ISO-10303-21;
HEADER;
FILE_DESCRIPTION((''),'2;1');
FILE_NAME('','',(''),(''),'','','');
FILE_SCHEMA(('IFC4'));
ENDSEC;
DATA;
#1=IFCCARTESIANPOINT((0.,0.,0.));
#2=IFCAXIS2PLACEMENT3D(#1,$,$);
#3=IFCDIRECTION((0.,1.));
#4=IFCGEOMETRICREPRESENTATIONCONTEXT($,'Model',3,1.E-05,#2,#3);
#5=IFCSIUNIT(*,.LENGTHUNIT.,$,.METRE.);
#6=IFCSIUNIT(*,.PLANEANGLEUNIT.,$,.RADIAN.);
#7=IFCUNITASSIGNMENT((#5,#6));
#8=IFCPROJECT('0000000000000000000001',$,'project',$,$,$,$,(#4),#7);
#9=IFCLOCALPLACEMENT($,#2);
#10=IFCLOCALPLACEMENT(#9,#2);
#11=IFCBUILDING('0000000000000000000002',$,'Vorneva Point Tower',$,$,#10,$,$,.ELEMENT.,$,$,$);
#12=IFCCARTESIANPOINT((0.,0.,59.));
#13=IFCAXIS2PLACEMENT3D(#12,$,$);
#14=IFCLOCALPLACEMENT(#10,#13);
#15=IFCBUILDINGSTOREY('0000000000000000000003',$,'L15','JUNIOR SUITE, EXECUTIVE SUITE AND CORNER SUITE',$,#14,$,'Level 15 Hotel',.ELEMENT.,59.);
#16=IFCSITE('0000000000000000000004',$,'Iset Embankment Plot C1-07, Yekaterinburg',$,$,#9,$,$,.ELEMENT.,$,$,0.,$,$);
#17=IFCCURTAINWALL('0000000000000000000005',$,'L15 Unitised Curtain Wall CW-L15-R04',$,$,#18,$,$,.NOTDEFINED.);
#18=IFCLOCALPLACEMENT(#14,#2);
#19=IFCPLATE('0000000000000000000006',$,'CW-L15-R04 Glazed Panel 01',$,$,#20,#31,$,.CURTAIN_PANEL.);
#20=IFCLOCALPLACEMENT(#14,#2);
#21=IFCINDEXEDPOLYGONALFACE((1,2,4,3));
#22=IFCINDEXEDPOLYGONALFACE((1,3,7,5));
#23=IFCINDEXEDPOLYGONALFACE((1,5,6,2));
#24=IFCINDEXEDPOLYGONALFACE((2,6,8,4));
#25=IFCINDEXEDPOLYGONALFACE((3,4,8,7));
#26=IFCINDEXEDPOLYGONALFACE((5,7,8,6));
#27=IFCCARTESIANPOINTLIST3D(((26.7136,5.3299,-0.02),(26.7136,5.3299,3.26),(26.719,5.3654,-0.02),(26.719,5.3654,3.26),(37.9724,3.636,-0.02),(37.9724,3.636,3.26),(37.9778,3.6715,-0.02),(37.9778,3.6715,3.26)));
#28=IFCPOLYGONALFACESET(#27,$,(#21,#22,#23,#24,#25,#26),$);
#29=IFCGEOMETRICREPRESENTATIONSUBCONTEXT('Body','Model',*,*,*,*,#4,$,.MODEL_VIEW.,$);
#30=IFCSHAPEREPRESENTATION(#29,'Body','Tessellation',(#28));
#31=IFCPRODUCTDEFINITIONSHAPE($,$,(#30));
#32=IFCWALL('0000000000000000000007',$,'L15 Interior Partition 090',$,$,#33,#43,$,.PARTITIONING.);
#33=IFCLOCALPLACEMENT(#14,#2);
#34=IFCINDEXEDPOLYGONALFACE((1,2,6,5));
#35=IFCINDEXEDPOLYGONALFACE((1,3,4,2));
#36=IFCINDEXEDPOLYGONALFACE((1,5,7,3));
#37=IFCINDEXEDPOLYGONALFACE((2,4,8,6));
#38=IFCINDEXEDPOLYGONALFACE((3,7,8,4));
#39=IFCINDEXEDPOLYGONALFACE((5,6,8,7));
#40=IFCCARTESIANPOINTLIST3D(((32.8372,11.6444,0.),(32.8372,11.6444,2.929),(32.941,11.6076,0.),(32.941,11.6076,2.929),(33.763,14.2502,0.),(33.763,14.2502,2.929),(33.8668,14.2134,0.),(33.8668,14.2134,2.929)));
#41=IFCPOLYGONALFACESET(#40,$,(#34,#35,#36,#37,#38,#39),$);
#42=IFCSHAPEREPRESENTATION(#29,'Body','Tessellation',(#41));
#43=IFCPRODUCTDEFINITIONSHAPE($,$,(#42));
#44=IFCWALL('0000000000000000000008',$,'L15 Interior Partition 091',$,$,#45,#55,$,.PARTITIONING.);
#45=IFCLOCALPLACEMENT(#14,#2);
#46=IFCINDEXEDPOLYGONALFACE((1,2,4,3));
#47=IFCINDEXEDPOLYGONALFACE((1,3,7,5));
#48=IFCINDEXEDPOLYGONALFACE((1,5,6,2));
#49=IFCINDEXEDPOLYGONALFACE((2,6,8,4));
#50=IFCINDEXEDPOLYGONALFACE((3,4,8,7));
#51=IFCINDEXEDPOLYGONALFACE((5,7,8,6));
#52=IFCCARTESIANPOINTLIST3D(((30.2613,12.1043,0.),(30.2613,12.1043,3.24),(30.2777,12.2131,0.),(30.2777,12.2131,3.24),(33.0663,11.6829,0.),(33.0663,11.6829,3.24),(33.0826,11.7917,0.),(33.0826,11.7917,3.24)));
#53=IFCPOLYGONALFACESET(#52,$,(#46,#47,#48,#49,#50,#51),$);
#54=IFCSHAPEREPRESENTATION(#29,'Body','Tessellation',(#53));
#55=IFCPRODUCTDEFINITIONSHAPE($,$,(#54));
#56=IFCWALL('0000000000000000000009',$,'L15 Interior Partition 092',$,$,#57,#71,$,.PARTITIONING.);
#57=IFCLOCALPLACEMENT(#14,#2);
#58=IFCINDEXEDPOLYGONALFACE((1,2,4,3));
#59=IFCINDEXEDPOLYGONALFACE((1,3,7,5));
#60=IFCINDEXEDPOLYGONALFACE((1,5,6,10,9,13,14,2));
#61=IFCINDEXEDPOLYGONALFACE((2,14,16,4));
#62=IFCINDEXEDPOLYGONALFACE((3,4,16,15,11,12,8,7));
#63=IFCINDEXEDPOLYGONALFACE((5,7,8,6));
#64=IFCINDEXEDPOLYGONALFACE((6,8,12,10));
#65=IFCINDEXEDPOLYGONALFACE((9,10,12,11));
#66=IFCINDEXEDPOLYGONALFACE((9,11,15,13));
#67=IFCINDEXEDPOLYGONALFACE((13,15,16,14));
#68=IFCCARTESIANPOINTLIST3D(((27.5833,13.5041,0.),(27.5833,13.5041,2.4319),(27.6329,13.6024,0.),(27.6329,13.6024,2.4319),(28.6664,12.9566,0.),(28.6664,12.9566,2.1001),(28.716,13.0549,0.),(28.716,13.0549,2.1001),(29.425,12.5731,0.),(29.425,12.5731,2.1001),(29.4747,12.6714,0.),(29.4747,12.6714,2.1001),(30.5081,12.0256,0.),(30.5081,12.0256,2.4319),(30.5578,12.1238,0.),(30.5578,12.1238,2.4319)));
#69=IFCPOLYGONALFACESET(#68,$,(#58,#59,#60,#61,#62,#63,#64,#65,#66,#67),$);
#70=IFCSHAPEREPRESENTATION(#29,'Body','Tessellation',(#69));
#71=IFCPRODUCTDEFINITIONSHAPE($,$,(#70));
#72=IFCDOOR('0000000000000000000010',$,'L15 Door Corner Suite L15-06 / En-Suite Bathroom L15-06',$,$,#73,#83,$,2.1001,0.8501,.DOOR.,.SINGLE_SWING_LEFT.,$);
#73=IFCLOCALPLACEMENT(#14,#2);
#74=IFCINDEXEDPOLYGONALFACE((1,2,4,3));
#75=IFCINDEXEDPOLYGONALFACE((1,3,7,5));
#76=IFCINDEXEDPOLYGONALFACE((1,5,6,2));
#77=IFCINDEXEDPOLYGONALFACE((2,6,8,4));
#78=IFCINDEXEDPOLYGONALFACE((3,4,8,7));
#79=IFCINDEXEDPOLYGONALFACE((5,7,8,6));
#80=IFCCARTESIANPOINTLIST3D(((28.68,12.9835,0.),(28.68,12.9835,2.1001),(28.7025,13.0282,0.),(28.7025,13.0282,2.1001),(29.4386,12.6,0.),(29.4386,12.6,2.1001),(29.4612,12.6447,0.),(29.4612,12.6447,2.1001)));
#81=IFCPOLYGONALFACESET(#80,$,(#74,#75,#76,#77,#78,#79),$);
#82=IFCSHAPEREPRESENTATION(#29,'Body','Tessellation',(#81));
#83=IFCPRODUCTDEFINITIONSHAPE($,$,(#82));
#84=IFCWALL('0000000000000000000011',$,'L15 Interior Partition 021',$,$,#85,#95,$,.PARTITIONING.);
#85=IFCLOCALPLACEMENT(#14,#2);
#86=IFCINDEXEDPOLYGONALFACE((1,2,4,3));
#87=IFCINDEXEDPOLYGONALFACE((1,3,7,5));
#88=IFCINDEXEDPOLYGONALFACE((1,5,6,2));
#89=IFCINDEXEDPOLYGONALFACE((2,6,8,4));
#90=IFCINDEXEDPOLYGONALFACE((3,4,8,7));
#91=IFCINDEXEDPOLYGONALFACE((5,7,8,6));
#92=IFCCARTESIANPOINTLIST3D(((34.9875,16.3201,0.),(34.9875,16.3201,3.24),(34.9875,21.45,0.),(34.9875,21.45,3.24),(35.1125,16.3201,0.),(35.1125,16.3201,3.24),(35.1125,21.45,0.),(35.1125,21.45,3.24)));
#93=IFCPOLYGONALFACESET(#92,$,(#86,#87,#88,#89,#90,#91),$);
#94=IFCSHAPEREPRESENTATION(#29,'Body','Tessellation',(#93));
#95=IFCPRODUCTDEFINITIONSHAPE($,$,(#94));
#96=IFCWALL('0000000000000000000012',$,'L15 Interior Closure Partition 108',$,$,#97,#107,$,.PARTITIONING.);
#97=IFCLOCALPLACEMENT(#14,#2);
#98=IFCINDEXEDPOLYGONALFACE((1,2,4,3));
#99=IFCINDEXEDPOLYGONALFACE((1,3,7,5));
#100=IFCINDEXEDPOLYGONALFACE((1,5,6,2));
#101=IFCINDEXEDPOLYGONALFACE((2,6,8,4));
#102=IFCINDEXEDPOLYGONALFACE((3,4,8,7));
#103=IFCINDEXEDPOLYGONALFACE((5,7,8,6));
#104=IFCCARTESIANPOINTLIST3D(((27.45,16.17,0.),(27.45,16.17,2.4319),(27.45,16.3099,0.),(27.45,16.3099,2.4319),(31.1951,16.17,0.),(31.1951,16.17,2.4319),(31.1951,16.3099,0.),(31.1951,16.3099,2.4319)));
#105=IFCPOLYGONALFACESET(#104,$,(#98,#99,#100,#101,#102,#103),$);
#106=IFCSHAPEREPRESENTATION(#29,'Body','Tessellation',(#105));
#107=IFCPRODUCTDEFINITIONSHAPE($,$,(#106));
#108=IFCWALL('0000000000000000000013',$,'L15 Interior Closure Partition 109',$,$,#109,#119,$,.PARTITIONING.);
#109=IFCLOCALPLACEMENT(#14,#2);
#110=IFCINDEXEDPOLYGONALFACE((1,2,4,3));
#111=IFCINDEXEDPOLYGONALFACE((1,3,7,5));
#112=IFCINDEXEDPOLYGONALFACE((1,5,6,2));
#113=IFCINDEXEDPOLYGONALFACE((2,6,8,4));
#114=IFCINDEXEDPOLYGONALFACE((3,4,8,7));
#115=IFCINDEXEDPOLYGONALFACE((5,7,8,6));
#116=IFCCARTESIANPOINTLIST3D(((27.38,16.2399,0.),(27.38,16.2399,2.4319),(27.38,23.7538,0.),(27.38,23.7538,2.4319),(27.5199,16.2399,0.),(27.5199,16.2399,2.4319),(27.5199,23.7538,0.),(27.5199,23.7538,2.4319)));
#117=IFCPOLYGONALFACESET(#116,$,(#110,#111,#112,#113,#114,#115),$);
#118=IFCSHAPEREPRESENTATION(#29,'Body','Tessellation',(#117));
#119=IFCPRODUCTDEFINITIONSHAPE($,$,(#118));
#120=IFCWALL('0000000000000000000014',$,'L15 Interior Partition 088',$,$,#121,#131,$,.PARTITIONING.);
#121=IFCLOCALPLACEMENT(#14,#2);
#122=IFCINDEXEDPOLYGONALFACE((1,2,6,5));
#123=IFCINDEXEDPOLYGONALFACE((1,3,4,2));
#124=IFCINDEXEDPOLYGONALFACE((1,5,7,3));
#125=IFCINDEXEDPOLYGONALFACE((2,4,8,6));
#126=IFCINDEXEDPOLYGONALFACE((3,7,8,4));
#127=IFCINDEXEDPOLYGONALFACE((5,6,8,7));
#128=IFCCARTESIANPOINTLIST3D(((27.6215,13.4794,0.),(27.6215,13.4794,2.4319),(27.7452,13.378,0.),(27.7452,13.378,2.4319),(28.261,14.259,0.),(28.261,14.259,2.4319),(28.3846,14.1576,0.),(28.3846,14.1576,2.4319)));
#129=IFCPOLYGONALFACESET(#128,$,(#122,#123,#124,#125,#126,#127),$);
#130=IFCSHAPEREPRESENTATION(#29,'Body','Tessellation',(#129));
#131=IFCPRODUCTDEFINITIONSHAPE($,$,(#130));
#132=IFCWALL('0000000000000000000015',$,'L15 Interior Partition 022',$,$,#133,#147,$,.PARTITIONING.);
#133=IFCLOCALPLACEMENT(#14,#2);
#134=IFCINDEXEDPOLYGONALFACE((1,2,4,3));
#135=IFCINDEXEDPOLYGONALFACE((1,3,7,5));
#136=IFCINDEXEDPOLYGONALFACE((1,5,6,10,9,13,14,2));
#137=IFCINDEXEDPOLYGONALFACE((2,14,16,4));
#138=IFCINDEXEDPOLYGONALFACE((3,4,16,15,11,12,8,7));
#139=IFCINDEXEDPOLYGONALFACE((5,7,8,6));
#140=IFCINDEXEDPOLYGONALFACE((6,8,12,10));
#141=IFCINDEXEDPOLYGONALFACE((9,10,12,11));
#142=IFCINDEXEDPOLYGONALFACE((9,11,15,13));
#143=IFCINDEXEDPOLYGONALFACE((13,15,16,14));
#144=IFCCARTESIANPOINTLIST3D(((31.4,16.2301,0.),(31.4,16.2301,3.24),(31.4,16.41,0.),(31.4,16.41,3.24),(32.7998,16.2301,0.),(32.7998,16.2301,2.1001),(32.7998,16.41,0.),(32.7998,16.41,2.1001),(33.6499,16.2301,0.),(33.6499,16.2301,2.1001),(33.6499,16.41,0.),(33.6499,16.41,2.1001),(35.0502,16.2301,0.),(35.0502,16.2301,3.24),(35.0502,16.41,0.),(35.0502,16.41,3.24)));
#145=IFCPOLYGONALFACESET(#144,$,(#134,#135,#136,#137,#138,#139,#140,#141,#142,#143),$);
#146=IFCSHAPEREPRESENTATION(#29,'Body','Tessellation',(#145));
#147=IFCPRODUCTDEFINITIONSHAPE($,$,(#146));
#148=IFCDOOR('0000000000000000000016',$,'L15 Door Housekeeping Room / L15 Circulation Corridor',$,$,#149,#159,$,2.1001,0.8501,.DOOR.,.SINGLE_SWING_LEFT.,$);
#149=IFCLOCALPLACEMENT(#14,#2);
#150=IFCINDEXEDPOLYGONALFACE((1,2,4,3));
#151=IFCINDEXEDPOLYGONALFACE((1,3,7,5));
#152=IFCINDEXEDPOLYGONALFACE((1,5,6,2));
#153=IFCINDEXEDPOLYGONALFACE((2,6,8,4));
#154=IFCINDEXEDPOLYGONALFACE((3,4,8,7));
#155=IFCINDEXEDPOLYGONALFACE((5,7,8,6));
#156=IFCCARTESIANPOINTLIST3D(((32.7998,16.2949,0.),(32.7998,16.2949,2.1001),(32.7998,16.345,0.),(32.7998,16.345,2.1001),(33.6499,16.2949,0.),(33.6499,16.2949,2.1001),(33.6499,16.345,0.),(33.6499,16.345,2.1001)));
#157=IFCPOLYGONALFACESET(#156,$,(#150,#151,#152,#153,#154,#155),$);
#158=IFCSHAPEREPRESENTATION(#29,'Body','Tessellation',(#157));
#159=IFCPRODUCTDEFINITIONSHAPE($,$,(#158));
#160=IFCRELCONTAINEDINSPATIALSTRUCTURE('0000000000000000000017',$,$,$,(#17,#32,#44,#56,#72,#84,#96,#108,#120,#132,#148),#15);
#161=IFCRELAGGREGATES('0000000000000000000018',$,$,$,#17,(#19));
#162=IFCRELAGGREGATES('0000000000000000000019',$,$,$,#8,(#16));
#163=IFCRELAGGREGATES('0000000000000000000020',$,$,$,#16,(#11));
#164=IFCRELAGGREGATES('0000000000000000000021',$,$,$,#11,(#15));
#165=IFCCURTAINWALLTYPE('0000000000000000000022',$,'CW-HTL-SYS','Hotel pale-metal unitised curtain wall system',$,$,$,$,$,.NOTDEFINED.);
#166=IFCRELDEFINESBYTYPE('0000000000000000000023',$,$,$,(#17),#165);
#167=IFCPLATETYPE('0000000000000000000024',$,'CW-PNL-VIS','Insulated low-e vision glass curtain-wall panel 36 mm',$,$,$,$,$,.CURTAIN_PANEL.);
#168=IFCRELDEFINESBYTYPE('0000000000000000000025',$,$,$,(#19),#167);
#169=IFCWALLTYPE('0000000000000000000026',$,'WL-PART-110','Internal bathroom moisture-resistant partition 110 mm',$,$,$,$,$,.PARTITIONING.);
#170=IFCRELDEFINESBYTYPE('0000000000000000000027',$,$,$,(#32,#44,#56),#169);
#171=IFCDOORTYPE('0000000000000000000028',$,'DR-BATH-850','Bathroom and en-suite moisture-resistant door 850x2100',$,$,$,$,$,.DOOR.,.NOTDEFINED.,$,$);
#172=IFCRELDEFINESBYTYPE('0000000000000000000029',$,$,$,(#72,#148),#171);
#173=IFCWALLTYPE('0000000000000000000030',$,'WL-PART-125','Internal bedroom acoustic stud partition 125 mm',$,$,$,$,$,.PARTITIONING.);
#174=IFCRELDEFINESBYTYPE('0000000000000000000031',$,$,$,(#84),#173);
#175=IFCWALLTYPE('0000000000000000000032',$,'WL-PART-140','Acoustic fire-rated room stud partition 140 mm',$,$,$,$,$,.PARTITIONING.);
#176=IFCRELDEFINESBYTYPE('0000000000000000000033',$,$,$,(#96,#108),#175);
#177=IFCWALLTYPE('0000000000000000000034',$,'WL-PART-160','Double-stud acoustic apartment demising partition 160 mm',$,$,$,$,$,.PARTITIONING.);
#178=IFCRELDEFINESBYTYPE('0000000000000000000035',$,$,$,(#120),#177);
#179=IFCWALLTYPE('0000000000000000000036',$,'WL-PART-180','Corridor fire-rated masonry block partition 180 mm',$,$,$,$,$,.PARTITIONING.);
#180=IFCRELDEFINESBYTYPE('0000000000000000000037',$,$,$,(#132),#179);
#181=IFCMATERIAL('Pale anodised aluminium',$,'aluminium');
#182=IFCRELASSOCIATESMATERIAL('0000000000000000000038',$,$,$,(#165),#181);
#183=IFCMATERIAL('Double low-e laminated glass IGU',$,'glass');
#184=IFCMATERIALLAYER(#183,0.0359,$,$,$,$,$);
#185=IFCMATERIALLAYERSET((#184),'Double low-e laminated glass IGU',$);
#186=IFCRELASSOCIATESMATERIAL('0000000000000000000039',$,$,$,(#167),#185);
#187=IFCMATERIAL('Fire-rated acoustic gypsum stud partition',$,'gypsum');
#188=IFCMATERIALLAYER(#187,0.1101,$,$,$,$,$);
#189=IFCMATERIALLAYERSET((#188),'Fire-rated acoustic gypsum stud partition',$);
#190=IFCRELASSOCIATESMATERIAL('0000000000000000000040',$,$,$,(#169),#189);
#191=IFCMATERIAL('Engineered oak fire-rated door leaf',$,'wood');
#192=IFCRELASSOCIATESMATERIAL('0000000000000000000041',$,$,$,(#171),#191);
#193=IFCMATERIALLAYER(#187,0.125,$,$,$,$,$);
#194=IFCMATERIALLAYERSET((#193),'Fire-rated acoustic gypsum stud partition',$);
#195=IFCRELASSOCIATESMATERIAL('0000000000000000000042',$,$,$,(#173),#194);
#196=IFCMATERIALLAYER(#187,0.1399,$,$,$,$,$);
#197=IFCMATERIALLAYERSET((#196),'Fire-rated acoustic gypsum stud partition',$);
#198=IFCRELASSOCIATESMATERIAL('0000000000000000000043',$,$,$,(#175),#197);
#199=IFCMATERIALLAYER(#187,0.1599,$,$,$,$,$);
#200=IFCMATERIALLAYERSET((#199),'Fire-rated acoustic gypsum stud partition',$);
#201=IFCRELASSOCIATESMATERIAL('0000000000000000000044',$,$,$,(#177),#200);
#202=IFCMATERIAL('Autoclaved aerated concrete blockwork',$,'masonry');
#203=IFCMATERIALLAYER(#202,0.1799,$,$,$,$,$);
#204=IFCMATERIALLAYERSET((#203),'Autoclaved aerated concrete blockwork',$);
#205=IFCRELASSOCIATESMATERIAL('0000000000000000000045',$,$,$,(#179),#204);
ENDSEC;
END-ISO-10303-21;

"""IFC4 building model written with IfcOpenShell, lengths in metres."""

from ifc_helpers import new_model, si_unit, direction, frame, frame_2d, origin, origin_2d, place, context, subcontext, project, spatial, rectangle, extrude, material, layer, layer_set, type_object, element, fill, aggregate, save


model = new_model("IFC4")

# Units and contexts
model_context = context("Model", 3, precision=1e-05, world=origin(), true_north=direction((0.0, 1.0)))
body_context = subcontext(model_context, "Body", "Model", "MODEL_VIEW")
ifc_project = project(units=[si_unit("LENGTHUNIT", "METRE"), si_unit("PLANEANGLEUNIT", "RADIAN")], contexts=[model_context])

# Site, building, storey
site_placement = place(None, origin())
site = spatial("IfcSite", under=ifc_project, at=site_placement, Name="Iset Embankment Plot C1-07, Yekaterinburg", CompositionType="ELEMENT", RefElevation=0.0)
building_placement = place(site_placement, origin())
building = spatial("IfcBuilding", under=site, at=building_placement, Name="Vorneva Point Tower", CompositionType="ELEMENT")
storey_placement = place(building_placement, frame((0.0, 0.0, 59.0)))
storey = spatial("IfcBuildingStorey", under=building, at=storey_placement, Name="L15", Description="JUNIOR SUITE, EXECUTIVE SUITE AND CORNER SUITE", LongName="Level 15 Hotel", CompositionType="ELEMENT", Elevation=59.0)

# Curtain wall, plate
ifc_material_1 = material(Name="Pale anodised aluminium", Category="aluminium")
curtain_wall_type = type_object("IfcCurtainWallType", Name="CW-HTL-SYS", Description="Hotel pale-metal unitised curtain wall system", PredefinedType="NOTDEFINED", material=ifc_material_1)
curtain_wall_placement = place(storey_placement, origin())
curtain_wall = element("IfcCurtainWall", 1, at=curtain_wall_placement, inside=storey, type_object=curtain_wall_type, Name="L15 Unitised Curtain Wall CW-L15-R04", PredefinedType="NOTDEFINED")
ifc_material_2 = material(Name="Double low-e laminated glass IGU", Category="glass")
ifc_layer_1 = layer(ifc_material_2, 0.0359)
ifc_layer_set_1 = layer_set([ifc_layer_1], Name="Double low-e laminated glass IGU")
plate_type = type_object("IfcPlateType", Name="CW-PNL-VIS", Description="Insulated low-e vision glass curtain-wall panel 36 mm", PredefinedType="CURTAIN_PANEL", material=ifc_layer_set_1)
plate_placement = place(storey_placement, frame((32.3457, 4.5007, -0.02), z_axis=(0.0, 0.0, 1.0), x_axis=(0.988871, -0.148776, 0.0)))
plate = element("IfcPlate", 2, at=plate_placement, type_object=plate_type, Name="CW-L15-R04 Glazed Panel 01", PredefinedType="CURTAIN_PANEL", context=body_context, shape_type="SweptSolid", body=[
    extrude(rectangle(XDim=11.3855, YDim=0.0359, at=origin_2d()), origin(), (0.0, 0.0, 1.0), 3.28),
])
aggregate(curtain_wall, [plate])

# Walls
ifc_material_3 = material(Name="Fire-rated acoustic gypsum stud partition", Category="gypsum")
ifc_layer_2 = layer(ifc_material_3, 0.1101)
ifc_layer_set_2 = layer_set([ifc_layer_2], Name="Fire-rated acoustic gypsum stud partition")
wall_type_1 = type_object("IfcWallType", Name="WL-PART-110", Description="Internal bathroom moisture-resistant partition 110 mm", PredefinedType="PARTITIONING", material=ifc_layer_set_2)
wall_1_placement = place(storey_placement, frame((33.8149, 14.2319, 0.0), z_axis=(0.0, 0.0, 1.0), x_axis=(-0.334787, -0.942294, 0.0)))
element("IfcWall", 3, at=wall_1_placement, inside=storey, type_object=wall_type_1, Name="L15 Interior Partition 090", PredefinedType="PARTITIONING", context=body_context, shape_type="SweptSolid", body=[
    extrude(rectangle(XDim=2.7654, YDim=0.1101, at=frame_2d((1.3828, 0.0))), origin(), (0.0, 0.0, 1.0), 2.929),
])
wall_2_placement = place(storey_placement, frame((33.0745, 11.7373, 0.0), z_axis=(0.0, 0.0, 1.0), x_axis=(-0.988903, 0.148564, 0.0)))
element("IfcWall", 4, at=wall_2_placement, inside=storey, type_object=wall_type_1, Name="L15 Interior Partition 091", PredefinedType="PARTITIONING", context=body_context, shape_type="SweptSolid", body=[
    extrude(rectangle(XDim=2.8364, YDim=0.1101, at=frame_2d((1.4182, 0.0))), origin(), (0.0, 0.0, 1.0), 3.24),
])

# Wall, opening, door
wall_3_placement = place(storey_placement, frame((30.533, 12.0747, 0.0), z_axis=(0.0, 0.0, 1.0), x_axis=(-0.892452, 0.451143, 0.0)))
wall_3 = element("IfcWall", 5, at=wall_3_placement, inside=storey, type_object=wall_type_1, Name="L15 Interior Partition 092", PredefinedType="PARTITIONING", context=body_context, shape_type="SweptSolid", body=[
    extrude(rectangle(XDim=3.2773, YDim=0.1101, at=frame_2d((1.6387, 0.0))), origin(), (0.0, 0.0, 1.0), 2.4319),
])
opening_1_placement = place(wall_3_placement, frame((1.2136, 0.0, 0.0)))
opening_1 = element("IfcOpeningElement", 6, at=opening_1_placement, cuts=wall_3, PredefinedType="OPENING", context=body_context, shape_type="SweptSolid", body=[
    extrude(rectangle(XDim=0.8501, YDim=2.1001, at=frame_2d((0.425, 1.05))), frame((0.0, 0.0698, 0.0), z_axis=(0.0, -1.0, 0.0), x_axis=(1.0, 0.0, 0.0)), (0.0, 0.0, 1.0), 0.1399),
])
ifc_material_4 = material(Name="Engineered oak fire-rated door leaf", Category="wood")
door_type_1 = type_object("IfcDoorType", Name="DR-BATH-850", Description="Bathroom and en-suite moisture-resistant door 850x2100", OperationType="NOTDEFINED", PredefinedType="DOOR", material=ifc_material_4)
door_1_placement = place(opening_1_placement, origin())
door_1 = element("IfcDoor", 7, at=door_1_placement, inside=storey, type_object=door_type_1, Name="L15 Door Corner Suite L15-06 / En-Suite Bathroom L15-06", OperationType="SINGLE_SWING_LEFT", OverallHeight=2.1001, OverallWidth=0.8501, PredefinedType="DOOR", context=body_context, shape_type="SweptSolid", body=[
    extrude(rectangle(XDim=0.8501, YDim=2.1001, at=frame_2d((0.425, 1.05))), frame((0.0, 0.0249, 0.0), z_axis=(0.0, -1.0, 0.0), x_axis=(1.0, 0.0, 0.0)), (0.0, 0.0, 1.0), 0.05),
])
fill(opening_1, door_1)

# Walls
ifc_layer_3 = layer(ifc_material_3, 0.125)
ifc_layer_set_3 = layer_set([ifc_layer_3], Name="Fire-rated acoustic gypsum stud partition")
wall_type_2 = type_object("IfcWallType", Name="WL-PART-125", Description="Internal bedroom acoustic stud partition 125 mm", PredefinedType="PARTITIONING", material=ifc_layer_set_3)
wall_4_placement = place(storey_placement, frame((35.05, 16.3201, 0.0), z_axis=(0.0, 0.0, 1.0), x_axis=(0.0, 1.0, 0.0)))
element("IfcWall", 8, at=wall_4_placement, inside=storey, type_object=wall_type_2, Name="L15 Interior Partition 021", PredefinedType="PARTITIONING", context=body_context, shape_type="SweptSolid", body=[
    extrude(rectangle(XDim=5.1299, YDim=0.125, at=frame_2d((2.5649, 0.0))), origin(), (0.0, 0.0, 1.0), 3.24),
])
ifc_layer_4 = layer(ifc_material_3, 0.1399)
ifc_layer_set_4 = layer_set([ifc_layer_4], Name="Fire-rated acoustic gypsum stud partition")
wall_type_3 = type_object("IfcWallType", Name="WL-PART-140", Description="Acoustic fire-rated room stud partition 140 mm", PredefinedType="PARTITIONING", material=ifc_layer_set_4)
wall_5_placement = place(storey_placement, frame((31.1951, 16.24, 0.0), z_axis=(0.0, 0.0, 1.0), x_axis=(-1.0, 0.0, 0.0)))
element("IfcWall", 9, at=wall_5_placement, inside=storey, type_object=wall_type_3, Name="L15 Interior Closure Partition 108", PredefinedType="PARTITIONING", context=body_context, shape_type="SweptSolid", body=[
    extrude(rectangle(XDim=3.7451, YDim=0.1399, at=frame_2d((1.8726, 0.0))), origin(), (0.0, 0.0, 1.0), 2.4319),
])
wall_6_placement = place(storey_placement, frame((27.45, 16.24, 0.0), z_axis=(0.0, 0.0, 1.0), x_axis=(0.0, 1.0, 0.0)))
element("IfcWall", 10, at=wall_6_placement, inside=storey, type_object=wall_type_3, Name="L15 Interior Closure Partition 109", PredefinedType="PARTITIONING", context=body_context, shape_type="SweptSolid", body=[
    extrude(rectangle(XDim=7.5139, YDim=0.1399, at=frame_2d((3.7568, 0.0))), origin(), (0.0, 0.0, 1.0), 2.4319),
])
ifc_layer_5 = layer(ifc_material_3, 0.1599)
ifc_layer_set_5 = layer_set([ifc_layer_5], Name="Fire-rated acoustic gypsum stud partition")
wall_type_4 = type_object("IfcWallType", Name="WL-PART-160", Description="Double-stud acoustic apartment demising partition 160 mm", PredefinedType="PARTITIONING", material=ifc_layer_set_5)
wall_7_placement = place(storey_placement, frame((27.6833, 13.4287, 0.0), z_axis=(0.0, 0.0, 1.0), x_axis=(0.634187, 0.77318, 0.0)))
element("IfcWall", 11, at=wall_7_placement, inside=storey, type_object=wall_type_4, Name="L15 Interior Partition 088", PredefinedType="PARTITIONING", context=body_context, shape_type="SweptSolid", body=[
    extrude(rectangle(XDim=1.0083, YDim=0.1599, at=frame_2d((0.5042, 0.0))), origin(), (0.0, 0.0, 1.0), 2.4319),
])

# Wall, opening, door
ifc_material_5 = material(Name="Autoclaved aerated concrete blockwork", Category="masonry")
ifc_layer_6 = layer(ifc_material_5, 0.1799)
ifc_layer_set_6 = layer_set([ifc_layer_6], Name="Autoclaved aerated concrete blockwork")
wall_type_5 = type_object("IfcWallType", Name="WL-PART-180", Description="Corridor fire-rated masonry block partition 180 mm", PredefinedType="PARTITIONING", material=ifc_layer_set_6)
wall_8_placement = place(storey_placement, frame((31.3999, 16.3201, 0.0), z_axis=(0.0, 0.0, 1.0), x_axis=(1.0, 0.0, 0.0)))
wall_8 = element("IfcWall", 12, at=wall_8_placement, inside=storey, type_object=wall_type_5, Name="L15 Interior Partition 022", PredefinedType="PARTITIONING", context=body_context, shape_type="SweptSolid", body=[
    extrude(rectangle(XDim=3.6501, YDim=0.1799, at=frame_2d((1.8252, 0.0))), origin(), (0.0, 0.0, 1.0), 3.24),
])
opening_2_placement = place(wall_8_placement, frame((1.3999, 0.0, 0.0)))
opening_2 = element("IfcOpeningElement", 13, at=opening_2_placement, cuts=wall_8, PredefinedType="OPENING", context=body_context, shape_type="SweptSolid", body=[
    extrude(rectangle(XDim=0.8501, YDim=2.1001, at=frame_2d((0.425, 1.05))), frame((0.0, 0.105, 0.0), z_axis=(0.0, -1.0, 0.0), x_axis=(1.0, 0.0, 0.0)), (0.0, 0.0, 1.0), 0.2097),
])
door_2_placement = place(opening_2_placement, origin())
door_2 = element("IfcDoor", 14, at=door_2_placement, inside=storey, type_object=door_type_1, Name="L15 Door Housekeeping Room / L15 Circulation Corridor", OperationType="SINGLE_SWING_LEFT", OverallHeight=2.1001, OverallWidth=0.8501, PredefinedType="DOOR", context=body_context, shape_type="SweptSolid", body=[
    extrude(rectangle(XDim=0.8501, YDim=2.1001, at=frame_2d((0.425, 1.05))), frame((0.0, 0.0249, 0.0), z_axis=(0.0, -1.0, 0.0), x_axis=(1.0, 0.0, 0.0)), (0.0, 0.0, 1.0), 0.05),
])
fill(opening_2, door_2)

save(model, "model.ifc")
